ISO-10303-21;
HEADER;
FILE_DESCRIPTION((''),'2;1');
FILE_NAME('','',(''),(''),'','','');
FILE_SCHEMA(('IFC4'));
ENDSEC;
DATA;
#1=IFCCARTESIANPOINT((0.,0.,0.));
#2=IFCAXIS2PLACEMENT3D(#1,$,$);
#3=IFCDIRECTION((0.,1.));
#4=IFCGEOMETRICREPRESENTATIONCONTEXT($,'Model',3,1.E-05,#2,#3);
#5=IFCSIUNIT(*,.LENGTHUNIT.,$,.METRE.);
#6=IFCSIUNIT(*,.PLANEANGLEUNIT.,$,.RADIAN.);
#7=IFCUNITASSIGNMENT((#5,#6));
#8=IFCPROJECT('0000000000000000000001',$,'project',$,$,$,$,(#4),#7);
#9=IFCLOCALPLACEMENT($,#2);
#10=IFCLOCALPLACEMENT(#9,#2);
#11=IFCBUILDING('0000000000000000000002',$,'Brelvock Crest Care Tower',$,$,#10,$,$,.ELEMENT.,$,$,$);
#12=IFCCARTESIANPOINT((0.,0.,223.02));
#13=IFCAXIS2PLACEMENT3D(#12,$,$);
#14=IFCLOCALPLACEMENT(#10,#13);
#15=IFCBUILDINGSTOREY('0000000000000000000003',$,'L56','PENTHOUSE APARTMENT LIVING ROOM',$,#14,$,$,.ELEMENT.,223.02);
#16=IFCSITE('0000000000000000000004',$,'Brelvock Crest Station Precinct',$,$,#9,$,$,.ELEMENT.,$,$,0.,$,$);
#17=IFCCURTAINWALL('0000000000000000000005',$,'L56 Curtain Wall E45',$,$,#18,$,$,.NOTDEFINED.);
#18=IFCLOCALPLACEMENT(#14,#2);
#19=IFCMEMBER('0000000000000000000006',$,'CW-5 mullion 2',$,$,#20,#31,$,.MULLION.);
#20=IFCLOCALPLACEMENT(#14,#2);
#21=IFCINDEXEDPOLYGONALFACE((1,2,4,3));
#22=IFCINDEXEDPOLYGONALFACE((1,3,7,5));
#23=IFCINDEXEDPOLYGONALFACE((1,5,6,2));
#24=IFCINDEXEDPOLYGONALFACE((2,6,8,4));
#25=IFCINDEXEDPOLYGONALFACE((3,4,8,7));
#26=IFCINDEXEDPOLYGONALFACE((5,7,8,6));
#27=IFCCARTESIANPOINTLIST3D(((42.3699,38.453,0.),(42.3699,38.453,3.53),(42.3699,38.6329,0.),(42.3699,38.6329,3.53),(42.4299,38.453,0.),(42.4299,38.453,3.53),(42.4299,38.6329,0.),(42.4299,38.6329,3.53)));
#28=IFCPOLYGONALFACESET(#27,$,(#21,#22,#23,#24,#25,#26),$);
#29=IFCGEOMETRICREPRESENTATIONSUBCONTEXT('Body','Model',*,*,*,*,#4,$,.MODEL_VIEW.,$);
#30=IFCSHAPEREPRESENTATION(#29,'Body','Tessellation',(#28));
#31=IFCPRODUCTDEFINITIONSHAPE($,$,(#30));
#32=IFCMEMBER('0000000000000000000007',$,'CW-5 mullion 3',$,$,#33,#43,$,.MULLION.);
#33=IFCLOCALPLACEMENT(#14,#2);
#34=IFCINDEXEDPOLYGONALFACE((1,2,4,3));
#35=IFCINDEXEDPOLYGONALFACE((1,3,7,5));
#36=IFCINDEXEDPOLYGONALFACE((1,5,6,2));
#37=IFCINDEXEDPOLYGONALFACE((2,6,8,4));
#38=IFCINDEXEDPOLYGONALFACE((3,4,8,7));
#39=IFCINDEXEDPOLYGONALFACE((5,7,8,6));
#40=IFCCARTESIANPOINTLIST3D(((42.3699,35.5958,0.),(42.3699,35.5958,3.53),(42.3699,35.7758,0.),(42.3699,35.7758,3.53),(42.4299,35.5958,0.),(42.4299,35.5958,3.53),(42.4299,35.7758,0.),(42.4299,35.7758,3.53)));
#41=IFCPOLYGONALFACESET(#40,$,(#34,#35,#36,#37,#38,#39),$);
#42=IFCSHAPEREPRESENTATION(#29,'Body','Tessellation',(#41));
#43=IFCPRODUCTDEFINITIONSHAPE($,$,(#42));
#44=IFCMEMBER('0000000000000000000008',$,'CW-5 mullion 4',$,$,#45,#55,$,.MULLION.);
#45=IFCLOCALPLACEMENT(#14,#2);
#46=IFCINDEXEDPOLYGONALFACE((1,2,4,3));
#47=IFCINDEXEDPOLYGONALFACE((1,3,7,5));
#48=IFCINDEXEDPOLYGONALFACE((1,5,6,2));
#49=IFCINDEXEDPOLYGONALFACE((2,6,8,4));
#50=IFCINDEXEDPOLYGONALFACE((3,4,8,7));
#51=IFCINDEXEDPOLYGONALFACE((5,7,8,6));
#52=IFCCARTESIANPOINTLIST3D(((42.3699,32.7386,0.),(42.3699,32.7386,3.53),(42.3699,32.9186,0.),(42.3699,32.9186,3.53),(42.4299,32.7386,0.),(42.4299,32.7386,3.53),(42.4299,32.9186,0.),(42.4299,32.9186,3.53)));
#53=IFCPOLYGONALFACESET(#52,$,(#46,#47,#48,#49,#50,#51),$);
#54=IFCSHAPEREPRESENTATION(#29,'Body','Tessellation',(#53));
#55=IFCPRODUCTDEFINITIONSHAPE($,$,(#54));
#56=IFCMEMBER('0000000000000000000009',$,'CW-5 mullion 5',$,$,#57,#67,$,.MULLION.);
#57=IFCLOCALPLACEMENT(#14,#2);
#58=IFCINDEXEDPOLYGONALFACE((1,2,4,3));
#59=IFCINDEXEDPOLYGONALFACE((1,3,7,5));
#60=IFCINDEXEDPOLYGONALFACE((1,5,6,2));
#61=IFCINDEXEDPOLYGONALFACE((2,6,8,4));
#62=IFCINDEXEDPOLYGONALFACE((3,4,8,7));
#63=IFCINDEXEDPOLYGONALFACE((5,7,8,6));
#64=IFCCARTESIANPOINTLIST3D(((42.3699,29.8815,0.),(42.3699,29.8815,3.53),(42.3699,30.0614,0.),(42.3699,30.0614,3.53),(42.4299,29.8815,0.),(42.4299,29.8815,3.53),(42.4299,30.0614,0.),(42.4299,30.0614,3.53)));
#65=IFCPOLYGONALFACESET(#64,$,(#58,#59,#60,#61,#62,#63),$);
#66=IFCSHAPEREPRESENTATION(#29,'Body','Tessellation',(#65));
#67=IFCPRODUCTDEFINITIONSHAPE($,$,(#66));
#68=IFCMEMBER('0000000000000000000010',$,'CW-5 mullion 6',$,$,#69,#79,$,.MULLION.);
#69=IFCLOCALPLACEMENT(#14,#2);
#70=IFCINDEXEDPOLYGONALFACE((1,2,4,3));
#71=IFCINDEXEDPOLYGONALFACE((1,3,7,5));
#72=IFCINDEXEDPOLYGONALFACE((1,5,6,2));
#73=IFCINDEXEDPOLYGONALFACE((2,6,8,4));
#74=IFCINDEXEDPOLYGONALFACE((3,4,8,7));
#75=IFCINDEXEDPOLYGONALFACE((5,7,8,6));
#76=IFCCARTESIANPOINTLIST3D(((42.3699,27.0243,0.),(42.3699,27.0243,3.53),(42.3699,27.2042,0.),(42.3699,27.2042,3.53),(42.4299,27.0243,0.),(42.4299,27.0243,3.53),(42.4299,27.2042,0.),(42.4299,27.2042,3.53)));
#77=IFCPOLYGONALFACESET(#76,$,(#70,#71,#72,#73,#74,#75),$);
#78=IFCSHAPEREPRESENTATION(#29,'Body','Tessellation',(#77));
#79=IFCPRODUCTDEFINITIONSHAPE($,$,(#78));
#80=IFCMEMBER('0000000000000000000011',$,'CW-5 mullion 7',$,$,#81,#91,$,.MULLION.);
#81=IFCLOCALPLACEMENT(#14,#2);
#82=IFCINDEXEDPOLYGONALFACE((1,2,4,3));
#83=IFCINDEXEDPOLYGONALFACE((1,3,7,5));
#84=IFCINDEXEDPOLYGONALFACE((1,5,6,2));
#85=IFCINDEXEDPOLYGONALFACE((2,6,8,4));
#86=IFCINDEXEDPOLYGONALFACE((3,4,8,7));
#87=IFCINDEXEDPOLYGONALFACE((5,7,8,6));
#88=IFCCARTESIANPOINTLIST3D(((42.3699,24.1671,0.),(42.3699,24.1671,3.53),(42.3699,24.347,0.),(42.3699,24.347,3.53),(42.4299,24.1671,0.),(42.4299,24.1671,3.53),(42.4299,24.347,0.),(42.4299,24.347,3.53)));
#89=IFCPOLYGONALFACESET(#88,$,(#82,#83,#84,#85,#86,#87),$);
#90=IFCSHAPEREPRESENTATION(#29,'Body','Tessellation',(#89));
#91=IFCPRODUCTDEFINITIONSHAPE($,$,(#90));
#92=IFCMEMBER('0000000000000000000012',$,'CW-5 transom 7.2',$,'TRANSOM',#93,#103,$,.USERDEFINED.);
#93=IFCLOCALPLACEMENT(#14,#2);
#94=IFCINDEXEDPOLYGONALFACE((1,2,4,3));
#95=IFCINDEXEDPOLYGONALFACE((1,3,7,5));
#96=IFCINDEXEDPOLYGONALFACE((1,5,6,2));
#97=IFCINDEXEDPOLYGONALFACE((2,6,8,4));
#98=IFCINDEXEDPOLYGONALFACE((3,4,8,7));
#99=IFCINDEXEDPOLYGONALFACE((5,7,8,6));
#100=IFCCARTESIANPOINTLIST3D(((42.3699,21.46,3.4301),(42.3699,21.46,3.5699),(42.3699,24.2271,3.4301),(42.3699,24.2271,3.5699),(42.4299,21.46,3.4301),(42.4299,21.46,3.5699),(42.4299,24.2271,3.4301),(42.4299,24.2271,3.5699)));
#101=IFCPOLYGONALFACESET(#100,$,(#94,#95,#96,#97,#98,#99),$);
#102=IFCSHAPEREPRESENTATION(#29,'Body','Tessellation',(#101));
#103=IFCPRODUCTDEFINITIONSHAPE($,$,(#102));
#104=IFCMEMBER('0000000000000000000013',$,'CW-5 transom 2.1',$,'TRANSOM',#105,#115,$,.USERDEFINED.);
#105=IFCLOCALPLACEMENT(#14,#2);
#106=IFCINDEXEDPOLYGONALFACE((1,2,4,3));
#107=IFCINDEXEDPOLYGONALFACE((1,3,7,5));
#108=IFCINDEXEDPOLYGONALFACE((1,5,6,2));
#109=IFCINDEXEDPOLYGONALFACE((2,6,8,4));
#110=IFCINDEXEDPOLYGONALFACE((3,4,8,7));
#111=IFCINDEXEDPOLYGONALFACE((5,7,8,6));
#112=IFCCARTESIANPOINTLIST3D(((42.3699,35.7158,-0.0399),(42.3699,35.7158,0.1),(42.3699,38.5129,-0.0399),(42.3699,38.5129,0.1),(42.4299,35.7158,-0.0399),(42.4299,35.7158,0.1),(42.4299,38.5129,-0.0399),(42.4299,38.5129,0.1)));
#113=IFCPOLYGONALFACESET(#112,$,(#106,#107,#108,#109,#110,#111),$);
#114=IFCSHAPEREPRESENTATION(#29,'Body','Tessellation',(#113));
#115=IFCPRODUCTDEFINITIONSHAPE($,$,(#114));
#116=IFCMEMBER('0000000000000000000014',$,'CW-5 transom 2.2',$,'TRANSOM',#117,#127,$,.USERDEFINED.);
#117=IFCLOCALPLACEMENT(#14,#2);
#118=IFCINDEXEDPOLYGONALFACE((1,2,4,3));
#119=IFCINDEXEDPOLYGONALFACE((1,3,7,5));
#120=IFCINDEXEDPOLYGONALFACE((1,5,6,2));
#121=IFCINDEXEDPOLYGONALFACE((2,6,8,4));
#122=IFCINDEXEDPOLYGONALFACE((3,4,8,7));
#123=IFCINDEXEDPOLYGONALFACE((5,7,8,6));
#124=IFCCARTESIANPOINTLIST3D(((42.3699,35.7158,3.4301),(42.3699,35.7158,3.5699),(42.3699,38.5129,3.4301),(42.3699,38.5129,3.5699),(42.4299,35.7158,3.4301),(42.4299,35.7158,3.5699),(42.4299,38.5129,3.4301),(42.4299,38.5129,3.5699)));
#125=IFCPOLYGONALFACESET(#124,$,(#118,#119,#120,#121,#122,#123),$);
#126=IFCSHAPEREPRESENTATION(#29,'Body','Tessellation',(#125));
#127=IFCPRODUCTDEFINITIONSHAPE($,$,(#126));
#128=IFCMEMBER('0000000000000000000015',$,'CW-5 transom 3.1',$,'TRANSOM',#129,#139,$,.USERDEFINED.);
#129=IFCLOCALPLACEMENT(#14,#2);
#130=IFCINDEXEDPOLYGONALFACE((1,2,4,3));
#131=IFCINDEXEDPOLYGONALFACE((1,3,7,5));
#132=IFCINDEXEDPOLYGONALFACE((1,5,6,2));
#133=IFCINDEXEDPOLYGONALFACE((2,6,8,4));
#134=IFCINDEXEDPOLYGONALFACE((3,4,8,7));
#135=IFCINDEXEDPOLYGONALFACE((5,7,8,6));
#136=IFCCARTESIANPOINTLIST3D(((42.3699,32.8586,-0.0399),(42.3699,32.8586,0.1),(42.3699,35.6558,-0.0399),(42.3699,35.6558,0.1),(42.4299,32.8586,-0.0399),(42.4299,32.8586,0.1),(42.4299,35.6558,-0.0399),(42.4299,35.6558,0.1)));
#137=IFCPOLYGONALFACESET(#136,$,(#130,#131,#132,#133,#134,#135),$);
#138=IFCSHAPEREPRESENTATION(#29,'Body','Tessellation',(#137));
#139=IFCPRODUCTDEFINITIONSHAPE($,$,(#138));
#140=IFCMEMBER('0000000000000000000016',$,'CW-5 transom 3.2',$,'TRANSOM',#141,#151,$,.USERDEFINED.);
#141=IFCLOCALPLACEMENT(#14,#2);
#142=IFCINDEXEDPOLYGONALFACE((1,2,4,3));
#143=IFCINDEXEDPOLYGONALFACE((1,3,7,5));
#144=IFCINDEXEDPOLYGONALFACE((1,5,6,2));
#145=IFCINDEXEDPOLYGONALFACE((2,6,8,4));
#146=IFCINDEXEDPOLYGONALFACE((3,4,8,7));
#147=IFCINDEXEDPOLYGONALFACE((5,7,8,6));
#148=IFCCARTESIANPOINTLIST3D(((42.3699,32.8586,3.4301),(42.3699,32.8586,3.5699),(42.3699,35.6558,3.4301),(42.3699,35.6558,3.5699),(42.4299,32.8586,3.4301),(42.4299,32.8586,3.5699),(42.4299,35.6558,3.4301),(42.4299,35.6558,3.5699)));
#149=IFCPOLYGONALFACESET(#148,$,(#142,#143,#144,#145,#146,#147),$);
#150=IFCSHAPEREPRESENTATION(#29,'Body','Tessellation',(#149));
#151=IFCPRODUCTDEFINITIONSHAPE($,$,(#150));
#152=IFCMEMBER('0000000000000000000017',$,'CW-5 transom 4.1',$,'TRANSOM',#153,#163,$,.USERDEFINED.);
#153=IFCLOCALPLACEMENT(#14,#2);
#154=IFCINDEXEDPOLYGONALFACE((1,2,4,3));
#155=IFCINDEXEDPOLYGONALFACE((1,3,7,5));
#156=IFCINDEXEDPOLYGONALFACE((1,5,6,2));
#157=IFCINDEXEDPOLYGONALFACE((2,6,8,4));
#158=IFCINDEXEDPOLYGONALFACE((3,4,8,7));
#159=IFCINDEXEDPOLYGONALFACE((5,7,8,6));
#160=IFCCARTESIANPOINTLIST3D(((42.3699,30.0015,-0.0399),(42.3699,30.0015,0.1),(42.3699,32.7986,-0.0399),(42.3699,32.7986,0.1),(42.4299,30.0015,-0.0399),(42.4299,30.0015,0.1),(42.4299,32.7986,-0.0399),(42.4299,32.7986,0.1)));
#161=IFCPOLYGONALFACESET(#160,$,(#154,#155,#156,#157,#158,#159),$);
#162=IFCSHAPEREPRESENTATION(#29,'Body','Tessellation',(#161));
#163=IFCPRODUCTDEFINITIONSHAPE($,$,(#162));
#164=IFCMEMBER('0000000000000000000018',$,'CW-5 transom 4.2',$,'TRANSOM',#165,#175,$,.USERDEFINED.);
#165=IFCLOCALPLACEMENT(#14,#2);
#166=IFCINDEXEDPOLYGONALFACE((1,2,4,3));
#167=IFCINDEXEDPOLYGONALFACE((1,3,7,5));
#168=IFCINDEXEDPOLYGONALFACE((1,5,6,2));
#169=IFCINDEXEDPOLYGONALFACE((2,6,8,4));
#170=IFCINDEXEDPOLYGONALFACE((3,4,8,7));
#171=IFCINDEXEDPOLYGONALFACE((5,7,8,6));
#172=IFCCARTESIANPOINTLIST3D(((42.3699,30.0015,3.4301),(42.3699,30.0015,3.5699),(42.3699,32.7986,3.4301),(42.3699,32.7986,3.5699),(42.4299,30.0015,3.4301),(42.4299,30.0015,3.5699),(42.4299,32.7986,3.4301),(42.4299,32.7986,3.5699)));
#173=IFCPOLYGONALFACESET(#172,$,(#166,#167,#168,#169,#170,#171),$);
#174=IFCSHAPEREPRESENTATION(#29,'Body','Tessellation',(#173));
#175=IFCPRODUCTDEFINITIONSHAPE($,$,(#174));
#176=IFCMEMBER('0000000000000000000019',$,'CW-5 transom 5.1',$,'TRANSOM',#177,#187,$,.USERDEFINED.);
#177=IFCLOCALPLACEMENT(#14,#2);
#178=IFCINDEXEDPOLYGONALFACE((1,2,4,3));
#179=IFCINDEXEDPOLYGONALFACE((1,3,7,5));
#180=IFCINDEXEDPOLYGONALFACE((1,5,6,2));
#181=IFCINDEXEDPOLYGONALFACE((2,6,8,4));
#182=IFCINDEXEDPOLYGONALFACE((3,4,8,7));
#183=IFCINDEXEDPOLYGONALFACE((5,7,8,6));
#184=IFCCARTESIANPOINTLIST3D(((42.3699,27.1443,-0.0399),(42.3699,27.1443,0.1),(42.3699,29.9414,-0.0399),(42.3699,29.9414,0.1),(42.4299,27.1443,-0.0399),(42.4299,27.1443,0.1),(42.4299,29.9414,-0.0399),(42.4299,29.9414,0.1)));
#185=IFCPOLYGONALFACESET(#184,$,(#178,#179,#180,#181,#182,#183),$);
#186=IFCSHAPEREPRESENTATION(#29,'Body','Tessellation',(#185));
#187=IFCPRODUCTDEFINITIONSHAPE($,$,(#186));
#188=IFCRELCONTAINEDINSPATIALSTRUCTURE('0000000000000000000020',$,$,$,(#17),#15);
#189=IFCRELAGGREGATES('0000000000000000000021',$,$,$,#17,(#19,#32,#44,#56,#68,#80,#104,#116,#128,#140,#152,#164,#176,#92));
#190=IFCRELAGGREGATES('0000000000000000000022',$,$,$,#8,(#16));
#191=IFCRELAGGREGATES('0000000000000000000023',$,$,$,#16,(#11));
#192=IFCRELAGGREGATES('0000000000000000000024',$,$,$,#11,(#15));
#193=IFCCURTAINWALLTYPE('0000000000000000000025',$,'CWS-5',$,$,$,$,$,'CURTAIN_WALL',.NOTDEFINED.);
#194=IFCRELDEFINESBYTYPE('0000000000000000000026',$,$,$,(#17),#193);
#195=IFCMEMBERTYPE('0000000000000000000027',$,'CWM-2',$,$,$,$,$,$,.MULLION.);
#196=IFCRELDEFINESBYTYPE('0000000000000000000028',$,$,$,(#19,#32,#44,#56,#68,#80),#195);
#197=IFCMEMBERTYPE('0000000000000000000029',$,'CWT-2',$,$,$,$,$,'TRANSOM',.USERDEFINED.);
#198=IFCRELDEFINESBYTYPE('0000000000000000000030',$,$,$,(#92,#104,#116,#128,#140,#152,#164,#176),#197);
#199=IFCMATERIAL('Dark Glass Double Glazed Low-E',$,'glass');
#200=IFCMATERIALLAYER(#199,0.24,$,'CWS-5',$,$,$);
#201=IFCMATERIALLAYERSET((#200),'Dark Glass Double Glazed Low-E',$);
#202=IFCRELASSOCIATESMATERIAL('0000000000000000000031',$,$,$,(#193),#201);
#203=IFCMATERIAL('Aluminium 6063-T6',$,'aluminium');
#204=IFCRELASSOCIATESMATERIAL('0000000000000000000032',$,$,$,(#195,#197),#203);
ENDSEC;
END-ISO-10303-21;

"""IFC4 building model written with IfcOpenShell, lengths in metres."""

from ifc_helpers import new_model, si_unit, direction, frame, origin, origin_2d, place, context, subcontext, project, spatial, rectangle, extrude, source, transform, mapped, material, layer, layer_set, material_profile, profile_set, type_object, element, aggregate, save


model = new_model("IFC4")

# Units and contexts
model_context = context("Model", 3, precision=1e-05, world=origin(), true_north=direction((0.0, 1.0)))
body_context = subcontext(model_context, "Body", "Model", "MODEL_VIEW")
ifc_project = project(units=[si_unit("LENGTHUNIT", "METRE"), si_unit("PLANEANGLEUNIT", "RADIAN")], contexts=[model_context])

# Site, building, storey
site_placement = place(None, origin())
site = spatial("IfcSite", under=ifc_project, at=site_placement, Name="Brelvock Crest Station Precinct", CompositionType="ELEMENT", RefElevation=0.0)
building_placement = place(site_placement, origin())
building = spatial("IfcBuilding", under=site, at=building_placement, Name="Brelvock Crest Care Tower", CompositionType="ELEMENT")
storey_placement = place(building_placement, frame((0.0, 0.0, 223.02)))
storey = spatial("IfcBuildingStorey", under=building, at=storey_placement, Name="L56", Description="PENTHOUSE APARTMENT LIVING ROOM", CompositionType="ELEMENT", Elevation=223.02)

# Curtain wall, members
ifc_material_1 = material(Name="Dark Glass Double Glazed Low-E", Category="glass")
ifc_layer_1 = layer(ifc_material_1, 0.24, Name="CWS-5")
ifc_layer_set_1 = layer_set([ifc_layer_1], Name="Dark Glass Double Glazed Low-E")
curtain_wall_type = type_object("IfcCurtainWallType", Name="CWS-5", ElementType="CURTAIN_WALL", PredefinedType="NOTDEFINED", material=ifc_layer_set_1)
curtain_wall_placement = place(storey_placement, origin())
curtain_wall = element("IfcCurtainWall", 1, at=curtain_wall_placement, inside=storey, type_object=curtain_wall_type, Name="L56 Curtain Wall E45", PredefinedType="NOTDEFINED")
ifc_material_2 = material(Name="Aluminium 6063-T6", Category="aluminium")
ifc_material_profile_1 = material_profile(ifc_material_2, rectangle(XDim=0.0601, YDim=0.1799, at=origin_2d()), Name="ALU60x180")
ifc_profile_set_1 = profile_set([ifc_material_profile_1], Name="Aluminium 6063-T6")
member_type_1 = type_object("IfcMemberType", Name="CWM-2", PredefinedType="MULLION", material=ifc_profile_set_1)
shared_shape_1 = source(origin(), body_context, "Body", "SweptSolid", [
    extrude(rectangle(XDim=0.0601, YDim=0.1799, at=origin_2d()), origin(), (0.0, 0.0, 1.0), 3.53),
])
member_1_placement = place(storey_placement, frame((42.3999, 38.543, 0.0), z_axis=(0.0, 0.0, 1.0), x_axis=(1.0, 0.0, 0.0)))
member_1 = element("IfcMember", 2, at=member_1_placement, type_object=member_type_1, Name="CW-5 mullion 2", PredefinedType="MULLION", context=body_context, shape_type="MappedRepresentation", body=[
    mapped(shared_shape_1, transform((0.0, 0.0, 0.0), x_axis=(1.0, 0.0, 0.0), y_axis=(0.0, 1.0, 0.0), z_axis=(0.0, 0.0, 1.0), scale=1.0)),
])
member_2_placement = place(storey_placement, frame((42.3999, 35.6858, 0.0), z_axis=(0.0, 0.0, 1.0), x_axis=(1.0, 0.0, 0.0)))
member_2 = element("IfcMember", 3, at=member_2_placement, type_object=member_type_1, Name="CW-5 mullion 3", PredefinedType="MULLION", context=body_context, shape_type="MappedRepresentation", body=[
    mapped(shared_shape_1, transform((0.0, 0.0, 0.0), x_axis=(1.0, 0.0, 0.0), y_axis=(0.0, 1.0, 0.0), z_axis=(0.0, 0.0, 1.0), scale=1.0)),
])
member_3_placement = place(storey_placement, frame((42.3999, 32.8286, 0.0), z_axis=(0.0, 0.0, 1.0), x_axis=(1.0, 0.0, 0.0)))
member_3 = element("IfcMember", 4, at=member_3_placement, type_object=member_type_1, Name="CW-5 mullion 4", PredefinedType="MULLION", context=body_context, shape_type="MappedRepresentation", body=[
    mapped(shared_shape_1, transform((0.0, 0.0, 0.0), x_axis=(1.0, 0.0, 0.0), y_axis=(0.0, 1.0, 0.0), z_axis=(0.0, 0.0, 1.0), scale=1.0)),
])
member_4_placement = place(storey_placement, frame((42.3999, 29.9714, 0.0), z_axis=(0.0, 0.0, 1.0), x_axis=(1.0, 0.0, 0.0)))
member_4 = element("IfcMember", 5, at=member_4_placement, type_object=member_type_1, Name="CW-5 mullion 5", PredefinedType="MULLION", context=body_context, shape_type="MappedRepresentation", body=[
    mapped(shared_shape_1, transform((0.0, 0.0, 0.0), x_axis=(1.0, 0.0, 0.0), y_axis=(0.0, 1.0, 0.0), z_axis=(0.0, 0.0, 1.0), scale=1.0)),
])
member_5_placement = place(storey_placement, frame((42.3999, 27.1143, 0.0), z_axis=(0.0, 0.0, 1.0), x_axis=(1.0, 0.0, 0.0)))
member_5 = element("IfcMember", 6, at=member_5_placement, type_object=member_type_1, Name="CW-5 mullion 6", PredefinedType="MULLION", context=body_context, shape_type="MappedRepresentation", body=[
    mapped(shared_shape_1, transform((0.0, 0.0, 0.0), x_axis=(1.0, 0.0, 0.0), y_axis=(0.0, 1.0, 0.0), z_axis=(0.0, 0.0, 1.0), scale=1.0)),
])
member_6_placement = place(storey_placement, frame((42.3999, 24.2571, 0.0), z_axis=(0.0, 0.0, 1.0), x_axis=(1.0, 0.0, 0.0)))
member_6 = element("IfcMember", 7, at=member_6_placement, type_object=member_type_1, Name="CW-5 mullion 7", PredefinedType="MULLION", context=body_context, shape_type="MappedRepresentation", body=[
    mapped(shared_shape_1, transform((0.0, 0.0, 0.0), x_axis=(1.0, 0.0, 0.0), y_axis=(0.0, 1.0, 0.0), z_axis=(0.0, 0.0, 1.0), scale=1.0)),
])
ifc_material_profile_2 = material_profile(ifc_material_2, rectangle(XDim=0.0601, YDim=0.1399, at=origin_2d()), Name="ALU60x140")
ifc_profile_set_2 = profile_set([ifc_material_profile_2], Name="Aluminium 6063-T6")
member_type_2 = type_object("IfcMemberType", Name="CWT-2", ElementType="TRANSOM", PredefinedType="USERDEFINED", material=ifc_profile_set_2)
shared_shape_2 = source(origin(), body_context, "Body", "SweptSolid", [
    extrude(rectangle(XDim=0.0601, YDim=0.1399, at=origin_2d()), origin(), (0.0, 0.0, 1.0), 2.7671),
])
member_7_placement = place(storey_placement, frame((42.3999, 24.2271, 3.5), z_axis=(0.0, -1.0, 0.0), x_axis=(1.0, 0.0, 0.0)))
member_7 = element("IfcMember", 8, at=member_7_placement, type_object=member_type_2, Name="CW-5 transom 7.2", ObjectType="TRANSOM", PredefinedType="USERDEFINED", context=body_context, shape_type="MappedRepresentation", body=[
    mapped(shared_shape_2, transform((0.0, 0.0, 0.0), x_axis=(1.0, 0.0, 0.0), y_axis=(0.0, 1.0, 0.0), z_axis=(0.0, 0.0, 1.0), scale=1.0)),
])
shared_shape_3 = source(origin(), body_context, "Body", "SweptSolid", [
    extrude(rectangle(XDim=0.0601, YDim=0.1399, at=origin_2d()), origin(), (0.0, 0.0, 1.0), 2.7971),
])
member_8_placement = place(storey_placement, frame((42.3999, 38.5129, 0.03), z_axis=(0.0, -1.0, 0.0), x_axis=(1.0, 0.0, 0.0)))
member_8 = element("IfcMember", 9, at=member_8_placement, type_object=member_type_2, Name="CW-5 transom 2.1", ObjectType="TRANSOM", PredefinedType="USERDEFINED", context=body_context, shape_type="MappedRepresentation", body=[
    mapped(shared_shape_3, transform((0.0, 0.0, 0.0), x_axis=(1.0, 0.0, 0.0), y_axis=(0.0, 1.0, 0.0), z_axis=(0.0, 0.0, 1.0), scale=1.0)),
])
member_9_placement = place(storey_placement, frame((42.3999, 38.5129, 3.5), z_axis=(0.0, -1.0, 0.0), x_axis=(1.0, 0.0, 0.0)))
member_9 = element("IfcMember", 10, at=member_9_placement, type_object=member_type_2, Name="CW-5 transom 2.2", ObjectType="TRANSOM", PredefinedType="USERDEFINED", context=body_context, shape_type="MappedRepresentation", body=[
    mapped(shared_shape_3, transform((0.0, 0.0, 0.0), x_axis=(1.0, 0.0, 0.0), y_axis=(0.0, 1.0, 0.0), z_axis=(0.0, 0.0, 1.0), scale=1.0)),
])
member_10_placement = place(storey_placement, frame((42.3999, 35.6558, 0.03), z_axis=(0.0, -1.0, 0.0), x_axis=(1.0, 0.0, 0.0)))
member_10 = element("IfcMember", 11, at=member_10_placement, type_object=member_type_2, Name="CW-5 transom 3.1", ObjectType="TRANSOM", PredefinedType="USERDEFINED", context=body_context, shape_type="MappedRepresentation", body=[
    mapped(shared_shape_3, transform((0.0, 0.0, 0.0), x_axis=(1.0, 0.0, 0.0), y_axis=(0.0, 1.0, 0.0), z_axis=(0.0, 0.0, 1.0), scale=1.0)),
])
member_11_placement = place(storey_placement, frame((42.3999, 35.6558, 3.5), z_axis=(0.0, -1.0, 0.0), x_axis=(1.0, 0.0, 0.0)))
member_11 = element("IfcMember", 12, at=member_11_placement, type_object=member_type_2, Name="CW-5 transom 3.2", ObjectType="TRANSOM", PredefinedType="USERDEFINED", context=body_context, shape_type="MappedRepresentation", body=[
    mapped(shared_shape_3, transform((0.0, 0.0, 0.0), x_axis=(1.0, 0.0, 0.0), y_axis=(0.0, 1.0, 0.0), z_axis=(0.0, 0.0, 1.0), scale=1.0)),
])
member_12_placement = place(storey_placement, frame((42.3999, 32.7986, 0.03), z_axis=(0.0, -1.0, 0.0), x_axis=(1.0, 0.0, 0.0)))
member_12 = element("IfcMember", 13, at=member_12_placement, type_object=member_type_2, Name="CW-5 transom 4.1", ObjectType="TRANSOM", PredefinedType="USERDEFINED", context=body_context, shape_type="MappedRepresentation", body=[
    mapped(shared_shape_3, transform((0.0, 0.0, 0.0), x_axis=(1.0, 0.0, 0.0), y_axis=(0.0, 1.0, 0.0), z_axis=(0.0, 0.0, 1.0), scale=1.0)),
])
member_13_placement = place(storey_placement, frame((42.3999, 32.7986, 3.5), z_axis=(0.0, -1.0, 0.0), x_axis=(1.0, 0.0, 0.0)))
member_13 = element("IfcMember", 14, at=member_13_placement, type_object=member_type_2, Name="CW-5 transom 4.2", ObjectType="TRANSOM", PredefinedType="USERDEFINED", context=body_context, shape_type="MappedRepresentation", body=[
    mapped(shared_shape_3, transform((0.0, 0.0, 0.0), x_axis=(1.0, 0.0, 0.0), y_axis=(0.0, 1.0, 0.0), z_axis=(0.0, 0.0, 1.0), scale=1.0)),
])
member_14_placement = place(storey_placement, frame((42.3999, 29.9414, 0.03), z_axis=(0.0, -1.0, 0.0), x_axis=(1.0, 0.0, 0.0)))
member_14 = element("IfcMember", 15, at=member_14_placement, type_object=member_type_2, Name="CW-5 transom 5.1", ObjectType="TRANSOM", PredefinedType="USERDEFINED", context=body_context, shape_type="MappedRepresentation", body=[
    mapped(shared_shape_3, transform((0.0, 0.0, 0.0), x_axis=(1.0, 0.0, 0.0), y_axis=(0.0, 1.0, 0.0), z_axis=(0.0, 0.0, 1.0), scale=1.0)),
])
aggregate(curtain_wall, [member_1, member_2, member_3, member_4, member_5, member_6, member_8, member_9, member_10, member_11, member_12, member_13, member_14, member_7])

save(model, "model.ifc")
